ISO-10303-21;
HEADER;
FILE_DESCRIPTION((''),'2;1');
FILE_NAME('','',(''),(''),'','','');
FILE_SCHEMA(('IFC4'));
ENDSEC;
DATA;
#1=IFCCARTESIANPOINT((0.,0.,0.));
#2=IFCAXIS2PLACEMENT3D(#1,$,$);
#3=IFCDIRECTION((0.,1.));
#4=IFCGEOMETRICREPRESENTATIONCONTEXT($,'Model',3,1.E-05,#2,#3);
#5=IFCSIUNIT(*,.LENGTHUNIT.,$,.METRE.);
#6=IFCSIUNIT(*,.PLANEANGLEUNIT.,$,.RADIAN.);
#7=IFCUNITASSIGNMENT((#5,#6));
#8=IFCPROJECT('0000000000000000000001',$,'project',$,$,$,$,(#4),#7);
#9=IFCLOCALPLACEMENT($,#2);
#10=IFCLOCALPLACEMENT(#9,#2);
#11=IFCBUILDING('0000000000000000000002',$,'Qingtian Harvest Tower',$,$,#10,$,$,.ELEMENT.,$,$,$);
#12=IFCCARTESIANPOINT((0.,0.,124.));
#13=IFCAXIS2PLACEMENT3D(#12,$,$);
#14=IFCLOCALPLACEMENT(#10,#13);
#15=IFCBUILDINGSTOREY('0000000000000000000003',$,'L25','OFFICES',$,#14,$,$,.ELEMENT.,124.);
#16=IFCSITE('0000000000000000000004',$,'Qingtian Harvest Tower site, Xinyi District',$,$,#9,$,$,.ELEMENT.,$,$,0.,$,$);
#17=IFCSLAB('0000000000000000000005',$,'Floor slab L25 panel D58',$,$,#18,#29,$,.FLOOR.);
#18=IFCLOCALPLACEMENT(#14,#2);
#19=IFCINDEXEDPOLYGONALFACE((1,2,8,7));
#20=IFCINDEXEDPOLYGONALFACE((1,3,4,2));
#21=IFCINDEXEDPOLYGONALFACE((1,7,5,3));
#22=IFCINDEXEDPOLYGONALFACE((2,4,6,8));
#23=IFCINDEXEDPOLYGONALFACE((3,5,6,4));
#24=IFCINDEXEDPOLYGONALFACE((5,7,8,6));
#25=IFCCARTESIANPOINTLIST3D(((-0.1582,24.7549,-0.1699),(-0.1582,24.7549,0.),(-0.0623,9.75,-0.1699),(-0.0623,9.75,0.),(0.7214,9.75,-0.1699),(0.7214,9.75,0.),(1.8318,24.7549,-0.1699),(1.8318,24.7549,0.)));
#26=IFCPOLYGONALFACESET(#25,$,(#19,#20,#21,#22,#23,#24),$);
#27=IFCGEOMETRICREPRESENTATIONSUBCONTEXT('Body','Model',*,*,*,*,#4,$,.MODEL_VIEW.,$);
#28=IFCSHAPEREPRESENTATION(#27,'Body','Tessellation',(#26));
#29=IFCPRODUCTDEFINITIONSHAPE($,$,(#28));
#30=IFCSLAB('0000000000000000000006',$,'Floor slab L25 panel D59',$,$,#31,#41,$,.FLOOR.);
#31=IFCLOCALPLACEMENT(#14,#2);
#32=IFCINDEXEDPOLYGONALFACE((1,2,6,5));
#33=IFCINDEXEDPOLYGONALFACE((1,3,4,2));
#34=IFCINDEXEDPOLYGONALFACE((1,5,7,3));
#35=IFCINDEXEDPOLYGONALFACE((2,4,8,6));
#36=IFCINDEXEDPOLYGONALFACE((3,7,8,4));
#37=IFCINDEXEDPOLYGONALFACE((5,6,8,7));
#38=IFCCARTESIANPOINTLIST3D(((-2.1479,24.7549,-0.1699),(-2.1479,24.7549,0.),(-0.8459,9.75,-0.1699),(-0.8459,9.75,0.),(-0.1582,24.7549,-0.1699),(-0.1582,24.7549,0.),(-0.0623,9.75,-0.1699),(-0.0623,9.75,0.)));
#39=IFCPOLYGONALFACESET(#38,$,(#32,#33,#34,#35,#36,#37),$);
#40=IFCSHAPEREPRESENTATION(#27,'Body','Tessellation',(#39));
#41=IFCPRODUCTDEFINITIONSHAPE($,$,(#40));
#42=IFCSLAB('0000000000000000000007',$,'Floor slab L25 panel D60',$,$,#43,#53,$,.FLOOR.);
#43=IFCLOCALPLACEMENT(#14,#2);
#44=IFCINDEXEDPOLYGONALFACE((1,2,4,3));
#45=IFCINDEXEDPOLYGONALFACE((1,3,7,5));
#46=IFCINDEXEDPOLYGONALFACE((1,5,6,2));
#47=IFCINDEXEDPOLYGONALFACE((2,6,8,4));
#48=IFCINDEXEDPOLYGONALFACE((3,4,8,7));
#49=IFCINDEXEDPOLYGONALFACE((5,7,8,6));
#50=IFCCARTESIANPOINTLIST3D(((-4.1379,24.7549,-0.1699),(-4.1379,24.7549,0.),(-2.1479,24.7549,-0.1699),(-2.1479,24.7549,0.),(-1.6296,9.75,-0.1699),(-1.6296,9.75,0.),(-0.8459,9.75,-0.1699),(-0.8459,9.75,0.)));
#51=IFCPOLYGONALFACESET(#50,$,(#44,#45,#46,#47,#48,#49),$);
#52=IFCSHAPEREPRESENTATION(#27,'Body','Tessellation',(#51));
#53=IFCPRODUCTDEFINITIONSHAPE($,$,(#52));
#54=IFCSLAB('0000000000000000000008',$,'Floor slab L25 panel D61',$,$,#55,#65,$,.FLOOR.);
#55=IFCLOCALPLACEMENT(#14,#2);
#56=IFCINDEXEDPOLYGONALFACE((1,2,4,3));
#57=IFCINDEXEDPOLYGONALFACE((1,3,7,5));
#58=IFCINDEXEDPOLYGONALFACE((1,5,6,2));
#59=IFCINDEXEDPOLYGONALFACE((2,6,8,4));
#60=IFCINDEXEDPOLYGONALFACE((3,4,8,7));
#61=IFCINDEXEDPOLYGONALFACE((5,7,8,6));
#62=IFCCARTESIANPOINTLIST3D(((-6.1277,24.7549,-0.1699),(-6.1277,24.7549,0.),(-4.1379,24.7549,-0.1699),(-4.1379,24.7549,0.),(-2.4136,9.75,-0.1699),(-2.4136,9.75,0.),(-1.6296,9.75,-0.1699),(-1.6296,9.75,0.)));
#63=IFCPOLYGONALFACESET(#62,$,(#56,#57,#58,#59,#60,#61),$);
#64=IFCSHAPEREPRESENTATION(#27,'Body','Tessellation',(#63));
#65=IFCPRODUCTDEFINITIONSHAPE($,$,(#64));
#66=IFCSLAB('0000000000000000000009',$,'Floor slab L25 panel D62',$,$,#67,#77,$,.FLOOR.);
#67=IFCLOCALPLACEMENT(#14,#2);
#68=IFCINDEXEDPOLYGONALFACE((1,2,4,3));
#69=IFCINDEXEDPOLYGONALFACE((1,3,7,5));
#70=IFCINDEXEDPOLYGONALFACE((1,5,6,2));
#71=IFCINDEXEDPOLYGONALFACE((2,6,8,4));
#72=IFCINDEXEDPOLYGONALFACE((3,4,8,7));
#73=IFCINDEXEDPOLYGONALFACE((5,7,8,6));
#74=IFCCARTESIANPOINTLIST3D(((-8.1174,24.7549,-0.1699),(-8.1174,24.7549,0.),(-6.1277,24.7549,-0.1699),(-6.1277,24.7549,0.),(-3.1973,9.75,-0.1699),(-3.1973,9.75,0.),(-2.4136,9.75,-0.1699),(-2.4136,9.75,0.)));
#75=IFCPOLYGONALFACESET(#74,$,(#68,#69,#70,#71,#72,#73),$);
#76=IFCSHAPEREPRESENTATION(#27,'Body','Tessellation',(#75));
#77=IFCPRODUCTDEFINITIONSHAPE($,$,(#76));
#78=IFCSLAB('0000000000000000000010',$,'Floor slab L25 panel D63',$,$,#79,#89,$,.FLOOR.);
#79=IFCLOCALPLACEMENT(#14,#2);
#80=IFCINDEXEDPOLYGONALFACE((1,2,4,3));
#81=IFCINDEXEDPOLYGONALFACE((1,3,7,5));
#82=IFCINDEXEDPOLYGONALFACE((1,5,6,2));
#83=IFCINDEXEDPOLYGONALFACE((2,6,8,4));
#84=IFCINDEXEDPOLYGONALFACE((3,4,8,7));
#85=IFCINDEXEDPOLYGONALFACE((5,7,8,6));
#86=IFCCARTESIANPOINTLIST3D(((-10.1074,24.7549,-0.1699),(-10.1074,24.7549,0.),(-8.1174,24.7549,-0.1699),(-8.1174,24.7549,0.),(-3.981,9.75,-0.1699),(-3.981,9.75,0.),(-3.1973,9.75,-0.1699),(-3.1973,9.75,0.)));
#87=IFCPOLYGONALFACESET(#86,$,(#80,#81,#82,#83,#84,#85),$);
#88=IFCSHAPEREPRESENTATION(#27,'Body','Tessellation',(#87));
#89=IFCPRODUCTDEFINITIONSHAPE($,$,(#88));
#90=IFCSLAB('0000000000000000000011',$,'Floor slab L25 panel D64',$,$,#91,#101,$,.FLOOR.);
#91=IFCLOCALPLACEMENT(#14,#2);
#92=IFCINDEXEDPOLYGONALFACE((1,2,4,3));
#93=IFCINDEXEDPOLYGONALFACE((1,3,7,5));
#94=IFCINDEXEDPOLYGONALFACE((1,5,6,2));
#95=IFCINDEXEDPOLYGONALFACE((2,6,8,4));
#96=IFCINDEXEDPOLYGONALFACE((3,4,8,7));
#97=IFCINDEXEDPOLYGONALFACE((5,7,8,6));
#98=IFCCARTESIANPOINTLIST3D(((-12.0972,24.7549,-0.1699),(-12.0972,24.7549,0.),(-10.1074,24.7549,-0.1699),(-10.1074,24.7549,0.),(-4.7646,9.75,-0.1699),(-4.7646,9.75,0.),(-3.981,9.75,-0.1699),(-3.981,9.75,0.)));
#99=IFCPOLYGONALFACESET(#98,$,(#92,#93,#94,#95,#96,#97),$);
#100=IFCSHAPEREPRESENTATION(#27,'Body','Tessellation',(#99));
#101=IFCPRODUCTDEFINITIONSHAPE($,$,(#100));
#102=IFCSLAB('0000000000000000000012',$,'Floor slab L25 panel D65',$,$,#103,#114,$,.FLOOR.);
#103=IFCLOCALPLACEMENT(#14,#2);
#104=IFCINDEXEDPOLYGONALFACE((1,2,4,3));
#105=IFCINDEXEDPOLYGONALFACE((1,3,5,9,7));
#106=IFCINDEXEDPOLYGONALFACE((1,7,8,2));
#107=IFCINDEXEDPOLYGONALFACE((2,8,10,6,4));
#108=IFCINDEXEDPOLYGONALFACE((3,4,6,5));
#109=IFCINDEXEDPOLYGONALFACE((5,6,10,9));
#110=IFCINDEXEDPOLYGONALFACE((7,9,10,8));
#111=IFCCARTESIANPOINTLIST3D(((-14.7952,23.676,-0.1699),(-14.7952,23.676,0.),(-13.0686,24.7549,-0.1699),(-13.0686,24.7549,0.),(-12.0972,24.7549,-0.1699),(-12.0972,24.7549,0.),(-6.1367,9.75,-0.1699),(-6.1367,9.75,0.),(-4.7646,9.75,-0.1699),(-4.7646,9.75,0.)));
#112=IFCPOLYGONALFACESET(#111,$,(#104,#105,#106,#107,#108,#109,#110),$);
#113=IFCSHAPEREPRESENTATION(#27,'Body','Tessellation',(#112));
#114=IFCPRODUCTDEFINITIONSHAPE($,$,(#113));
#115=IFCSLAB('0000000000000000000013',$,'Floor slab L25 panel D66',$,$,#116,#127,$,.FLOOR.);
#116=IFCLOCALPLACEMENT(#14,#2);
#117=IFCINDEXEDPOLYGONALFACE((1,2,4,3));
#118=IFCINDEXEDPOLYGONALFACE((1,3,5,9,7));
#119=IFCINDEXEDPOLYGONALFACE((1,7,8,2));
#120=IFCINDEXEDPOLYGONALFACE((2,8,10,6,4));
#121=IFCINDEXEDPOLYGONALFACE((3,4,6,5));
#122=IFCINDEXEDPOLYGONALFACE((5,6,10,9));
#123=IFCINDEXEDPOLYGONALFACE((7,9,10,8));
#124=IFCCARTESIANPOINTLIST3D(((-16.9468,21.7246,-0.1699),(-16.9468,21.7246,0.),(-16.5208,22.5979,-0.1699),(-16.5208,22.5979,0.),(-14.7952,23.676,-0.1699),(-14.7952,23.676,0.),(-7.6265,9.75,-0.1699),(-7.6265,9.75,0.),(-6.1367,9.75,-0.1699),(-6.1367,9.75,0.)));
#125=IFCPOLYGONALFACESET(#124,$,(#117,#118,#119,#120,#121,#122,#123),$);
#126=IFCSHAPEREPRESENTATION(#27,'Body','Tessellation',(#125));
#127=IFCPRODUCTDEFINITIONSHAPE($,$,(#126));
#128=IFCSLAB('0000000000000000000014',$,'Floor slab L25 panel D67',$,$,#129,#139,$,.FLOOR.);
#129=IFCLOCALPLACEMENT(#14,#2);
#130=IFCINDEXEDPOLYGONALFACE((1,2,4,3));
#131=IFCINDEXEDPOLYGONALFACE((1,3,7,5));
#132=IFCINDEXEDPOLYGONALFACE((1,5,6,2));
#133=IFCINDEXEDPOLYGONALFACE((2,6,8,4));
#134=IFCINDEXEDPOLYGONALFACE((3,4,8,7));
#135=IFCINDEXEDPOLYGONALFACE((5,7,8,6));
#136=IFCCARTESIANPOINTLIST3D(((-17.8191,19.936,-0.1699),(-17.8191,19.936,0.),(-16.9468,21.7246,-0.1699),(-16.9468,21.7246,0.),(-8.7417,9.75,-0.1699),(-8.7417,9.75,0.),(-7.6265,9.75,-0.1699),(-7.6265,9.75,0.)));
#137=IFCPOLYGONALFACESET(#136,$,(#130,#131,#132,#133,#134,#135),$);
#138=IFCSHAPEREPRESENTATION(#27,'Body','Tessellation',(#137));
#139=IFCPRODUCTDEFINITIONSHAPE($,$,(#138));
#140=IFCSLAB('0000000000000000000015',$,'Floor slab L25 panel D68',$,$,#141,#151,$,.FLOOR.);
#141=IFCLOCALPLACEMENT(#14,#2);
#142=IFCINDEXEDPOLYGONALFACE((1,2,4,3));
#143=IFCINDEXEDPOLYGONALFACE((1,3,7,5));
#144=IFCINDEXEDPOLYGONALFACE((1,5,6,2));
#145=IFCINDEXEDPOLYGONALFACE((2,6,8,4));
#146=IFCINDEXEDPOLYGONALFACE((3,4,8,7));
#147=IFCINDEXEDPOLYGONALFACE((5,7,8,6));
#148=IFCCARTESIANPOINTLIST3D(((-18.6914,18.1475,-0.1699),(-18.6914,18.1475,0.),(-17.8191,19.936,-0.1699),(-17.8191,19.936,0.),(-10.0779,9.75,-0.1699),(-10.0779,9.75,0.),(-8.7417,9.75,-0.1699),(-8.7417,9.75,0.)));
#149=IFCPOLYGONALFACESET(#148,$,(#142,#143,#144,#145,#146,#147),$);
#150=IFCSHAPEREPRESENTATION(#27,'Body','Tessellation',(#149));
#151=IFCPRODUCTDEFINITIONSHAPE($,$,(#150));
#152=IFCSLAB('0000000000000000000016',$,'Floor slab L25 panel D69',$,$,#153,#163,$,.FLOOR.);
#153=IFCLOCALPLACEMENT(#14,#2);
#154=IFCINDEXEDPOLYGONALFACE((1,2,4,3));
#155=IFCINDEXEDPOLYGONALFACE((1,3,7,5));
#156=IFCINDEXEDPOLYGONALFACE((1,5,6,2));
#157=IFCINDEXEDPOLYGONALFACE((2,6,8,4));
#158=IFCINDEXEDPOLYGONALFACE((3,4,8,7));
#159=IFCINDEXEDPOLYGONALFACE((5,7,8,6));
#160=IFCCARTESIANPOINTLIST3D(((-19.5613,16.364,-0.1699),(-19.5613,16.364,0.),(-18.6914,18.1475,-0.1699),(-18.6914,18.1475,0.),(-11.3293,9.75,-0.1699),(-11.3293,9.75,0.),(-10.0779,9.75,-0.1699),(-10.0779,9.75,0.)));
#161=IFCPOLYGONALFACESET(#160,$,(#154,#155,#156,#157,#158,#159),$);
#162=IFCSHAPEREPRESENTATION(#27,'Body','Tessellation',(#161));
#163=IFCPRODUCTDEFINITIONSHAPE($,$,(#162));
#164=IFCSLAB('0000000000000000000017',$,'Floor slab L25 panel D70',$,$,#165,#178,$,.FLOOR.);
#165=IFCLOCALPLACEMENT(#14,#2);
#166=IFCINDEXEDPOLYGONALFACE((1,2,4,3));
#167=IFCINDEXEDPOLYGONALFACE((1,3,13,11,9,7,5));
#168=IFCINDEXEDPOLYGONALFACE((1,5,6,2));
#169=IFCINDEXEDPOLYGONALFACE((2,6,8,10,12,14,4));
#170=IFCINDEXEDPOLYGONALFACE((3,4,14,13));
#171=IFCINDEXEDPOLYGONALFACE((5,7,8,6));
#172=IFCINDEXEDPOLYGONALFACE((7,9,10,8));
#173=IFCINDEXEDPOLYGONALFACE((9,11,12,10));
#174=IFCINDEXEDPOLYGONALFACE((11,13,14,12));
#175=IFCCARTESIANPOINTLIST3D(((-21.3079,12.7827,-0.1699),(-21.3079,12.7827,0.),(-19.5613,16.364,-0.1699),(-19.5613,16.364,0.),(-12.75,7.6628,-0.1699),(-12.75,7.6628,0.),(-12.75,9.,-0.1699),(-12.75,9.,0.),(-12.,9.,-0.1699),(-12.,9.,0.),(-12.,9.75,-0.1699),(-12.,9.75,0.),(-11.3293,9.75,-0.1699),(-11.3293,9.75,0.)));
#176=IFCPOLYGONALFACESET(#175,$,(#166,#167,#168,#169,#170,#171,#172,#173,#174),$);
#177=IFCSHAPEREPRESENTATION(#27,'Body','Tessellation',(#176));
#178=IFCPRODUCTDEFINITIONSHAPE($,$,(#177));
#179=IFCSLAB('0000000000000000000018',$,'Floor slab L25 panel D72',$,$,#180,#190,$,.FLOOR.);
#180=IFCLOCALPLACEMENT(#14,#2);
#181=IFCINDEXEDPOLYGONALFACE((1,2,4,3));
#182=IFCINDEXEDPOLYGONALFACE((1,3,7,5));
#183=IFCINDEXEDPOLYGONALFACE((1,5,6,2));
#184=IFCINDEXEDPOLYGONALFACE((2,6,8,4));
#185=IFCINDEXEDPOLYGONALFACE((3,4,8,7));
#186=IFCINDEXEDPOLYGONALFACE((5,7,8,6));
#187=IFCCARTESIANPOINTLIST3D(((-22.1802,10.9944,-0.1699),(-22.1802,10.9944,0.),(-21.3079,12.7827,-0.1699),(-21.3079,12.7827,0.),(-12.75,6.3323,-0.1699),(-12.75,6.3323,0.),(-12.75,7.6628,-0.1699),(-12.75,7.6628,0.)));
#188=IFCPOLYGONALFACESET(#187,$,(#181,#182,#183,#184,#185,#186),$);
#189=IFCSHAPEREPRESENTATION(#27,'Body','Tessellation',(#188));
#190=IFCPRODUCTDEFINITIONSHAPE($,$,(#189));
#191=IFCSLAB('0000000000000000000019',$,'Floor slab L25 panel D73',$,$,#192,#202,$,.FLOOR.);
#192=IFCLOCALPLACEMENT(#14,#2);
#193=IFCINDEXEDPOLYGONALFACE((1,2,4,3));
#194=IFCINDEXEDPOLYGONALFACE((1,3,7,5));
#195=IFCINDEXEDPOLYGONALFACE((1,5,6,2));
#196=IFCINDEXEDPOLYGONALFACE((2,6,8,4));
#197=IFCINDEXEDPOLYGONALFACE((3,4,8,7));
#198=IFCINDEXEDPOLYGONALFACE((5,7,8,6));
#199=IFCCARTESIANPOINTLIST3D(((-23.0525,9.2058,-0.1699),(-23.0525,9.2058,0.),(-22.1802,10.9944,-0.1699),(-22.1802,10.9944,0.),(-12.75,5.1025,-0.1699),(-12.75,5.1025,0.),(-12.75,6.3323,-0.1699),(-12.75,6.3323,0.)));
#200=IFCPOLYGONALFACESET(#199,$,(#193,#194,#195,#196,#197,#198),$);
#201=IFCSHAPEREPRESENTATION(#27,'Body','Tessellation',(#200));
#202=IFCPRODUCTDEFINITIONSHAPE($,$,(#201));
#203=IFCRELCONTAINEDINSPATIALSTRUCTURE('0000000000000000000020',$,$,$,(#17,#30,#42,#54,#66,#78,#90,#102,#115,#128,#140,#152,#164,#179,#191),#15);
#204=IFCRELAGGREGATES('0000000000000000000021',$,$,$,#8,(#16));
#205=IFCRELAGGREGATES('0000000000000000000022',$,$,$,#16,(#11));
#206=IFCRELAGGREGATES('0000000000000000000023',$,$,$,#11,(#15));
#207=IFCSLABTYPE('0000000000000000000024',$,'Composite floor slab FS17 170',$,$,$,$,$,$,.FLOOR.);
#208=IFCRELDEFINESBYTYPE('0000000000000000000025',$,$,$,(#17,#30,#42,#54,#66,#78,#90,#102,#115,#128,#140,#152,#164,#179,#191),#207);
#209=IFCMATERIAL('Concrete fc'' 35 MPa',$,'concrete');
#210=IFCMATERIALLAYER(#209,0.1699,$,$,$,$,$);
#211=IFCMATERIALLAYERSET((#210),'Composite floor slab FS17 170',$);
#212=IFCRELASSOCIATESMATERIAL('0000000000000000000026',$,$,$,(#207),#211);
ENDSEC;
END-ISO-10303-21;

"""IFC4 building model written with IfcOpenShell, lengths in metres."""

from ifc_helpers import new_model, si_unit, direction, frame, origin, place, context, subcontext, project, spatial, polyline, outline, extrude, material, layer, layer_set, type_object, element, save


model = new_model("IFC4")

# Units and contexts
model_context = context("Model", 3, precision=1e-05, world=origin(), true_north=direction((0.0, 1.0)))
body_context = subcontext(model_context, "Body", "Model", "MODEL_VIEW")
ifc_project = project(units=[si_unit("LENGTHUNIT", "METRE"), si_unit("PLANEANGLEUNIT", "RADIAN")], contexts=[model_context])

# Site, building, storey
site_placement = place(None, origin())
site = spatial("IfcSite", under=ifc_project, at=site_placement, Name="Qingtian Harvest Tower site, Xinyi District", CompositionType="ELEMENT", RefElevation=0.0)
building_placement = place(site_placement, origin())
building = spatial("IfcBuilding", under=site, at=building_placement, Name="Qingtian Harvest Tower", CompositionType="ELEMENT")
storey_placement = place(building_placement, frame((0.0, 0.0, 124.0)))
storey = spatial("IfcBuildingStorey", under=building, at=storey_placement, Name="L25", Description="OFFICES", CompositionType="ELEMENT", Elevation=124.0)

# Slabs
ifc_material_1 = material(Name="Concrete fc' 35 MPa", Category="concrete")
ifc_layer_1 = layer(ifc_material_1, 0.1699)
ifc_layer_set_1 = layer_set([ifc_layer_1], Name="Composite floor slab FS17 170")
slab_type = type_object("IfcSlabType", Name="Composite floor slab FS17 170", PredefinedType="FLOOR", material=ifc_layer_set_1)
slab_1_placement = place(storey_placement, frame((0.0, 0.0, -0.1699)))
element("IfcSlab", 1, at=slab_1_placement, inside=storey, type_object=slab_type, Name="Floor slab L25 panel D58", PredefinedType="FLOOR", context=body_context, shape_type="SweptSolid", body=[
    extrude(outline(polyline([(-0.0623, 9.75), (-0.1582, 24.7549), (1.8318, 24.7549), (0.7214, 9.75), (-0.0623, 9.75)])), origin(), (0.0, 0.0, 1.0), 0.1699),
])
slab_2_placement = place(storey_placement, frame((0.0, 0.0, -0.1699)))
element("IfcSlab", 2, at=slab_2_placement, inside=storey, type_object=slab_type, Name="Floor slab L25 panel D59", PredefinedType="FLOOR", context=body_context, shape_type="SweptSolid", body=[
    extrude(outline(polyline([(-0.8459, 9.75), (-2.1479, 24.7549), (-0.1582, 24.7549), (-0.0623, 9.75), (-0.8459, 9.75)])), origin(), (0.0, 0.0, 1.0), 0.1699),
])
slab_3_placement = place(storey_placement, frame((0.0, 0.0, -0.1699)))
element("IfcSlab", 3, at=slab_3_placement, inside=storey, type_object=slab_type, Name="Floor slab L25 panel D60", PredefinedType="FLOOR", context=body_context, shape_type="SweptSolid", body=[
    extrude(outline(polyline([(-1.6296, 9.75), (-4.1379, 24.7549), (-2.1479, 24.7549), (-0.8459, 9.75), (-1.6296, 9.75)])), origin(), (0.0, 0.0, 1.0), 0.1699),
])
slab_4_placement = place(storey_placement, frame((0.0, 0.0, -0.1699)))
element("IfcSlab", 4, at=slab_4_placement, inside=storey, type_object=slab_type, Name="Floor slab L25 panel D61", PredefinedType="FLOOR", context=body_context, shape_type="SweptSolid", body=[
    extrude(outline(polyline([(-2.4136, 9.75), (-6.1277, 24.7549), (-4.1379, 24.7549), (-1.6296, 9.75), (-2.4136, 9.75)])), origin(), (0.0, 0.0, 1.0), 0.1699),
])
slab_5_placement = place(storey_placement, frame((0.0, 0.0, -0.1699)))
element("IfcSlab", 5, at=slab_5_placement, inside=storey, type_object=slab_type, Name="Floor slab L25 panel D62", PredefinedType="FLOOR", context=body_context, shape_type="SweptSolid", body=[
    extrude(outline(polyline([(-3.1973, 9.75), (-8.1174, 24.7549), (-6.1277, 24.7549), (-2.4136, 9.75), (-3.1973, 9.75)])), origin(), (0.0, 0.0, 1.0), 0.1699),
])
slab_6_placement = place(storey_placement, frame((0.0, 0.0, -0.1699)))
element("IfcSlab", 6, at=slab_6_placement, inside=storey, type_object=slab_type, Name="Floor slab L25 panel D63", PredefinedType="FLOOR", context=body_context, shape_type="SweptSolid", body=[
    extrude(outline(polyline([(-3.981, 9.75), (-10.1074, 24.7549), (-8.1174, 24.7549), (-3.1973, 9.75), (-3.981, 9.75)])), origin(), (0.0, 0.0, 1.0), 0.1699),
])
slab_7_placement = place(storey_placement, frame((0.0, 0.0, -0.1699)))
element("IfcSlab", 7, at=slab_7_placement, inside=storey, type_object=slab_type, Name="Floor slab L25 panel D64", PredefinedType="FLOOR", context=body_context, shape_type="SweptSolid", body=[
    extrude(outline(polyline([(-4.7646, 9.75), (-12.0972, 24.7549), (-10.1074, 24.7549), (-3.981, 9.75), (-4.7646, 9.75)])), origin(), (0.0, 0.0, 1.0), 0.1699),
])
slab_8_placement = place(storey_placement, frame((0.0, 0.0, -0.1699)))
element("IfcSlab", 8, at=slab_8_placement, inside=storey, type_object=slab_type, Name="Floor slab L25 panel D65", PredefinedType="FLOOR", context=body_context, shape_type="SweptSolid", body=[
    extrude(outline(polyline([(-4.7646, 9.75), (-6.1367, 9.75), (-14.7952, 23.676), (-13.0686, 24.7549), (-12.0972, 24.7549), (-4.7646, 9.75)])), origin(), (0.0, 0.0, 1.0), 0.1699),
])
slab_9_placement = place(storey_placement, frame((0.0, 0.0, -0.1699)))
element("IfcSlab", 9, at=slab_9_placement, inside=storey, type_object=slab_type, Name="Floor slab L25 panel D66", PredefinedType="FLOOR", context=body_context, shape_type="SweptSolid", body=[
    extrude(outline(polyline([(-6.1367, 9.75), (-7.6265, 9.75), (-16.9468, 21.7246), (-16.5208, 22.5979), (-14.7952, 23.676), (-6.1367, 9.75)])), origin(), (0.0, 0.0, 1.0), 0.1699),
])
slab_10_placement = place(storey_placement, frame((0.0, 0.0, -0.1699)))
element("IfcSlab", 10, at=slab_10_placement, inside=storey, type_object=slab_type, Name="Floor slab L25 panel D67", PredefinedType="FLOOR", context=body_context, shape_type="SweptSolid", body=[
    extrude(outline(polyline([(-8.7417, 9.75), (-17.8191, 19.936), (-16.9468, 21.7246), (-7.6265, 9.75), (-8.7417, 9.75)])), origin(), (0.0, 0.0, 1.0), 0.1699),
])
slab_11_placement = place(storey_placement, frame((0.0, 0.0, -0.1699)))
element("IfcSlab", 11, at=slab_11_placement, inside=storey, type_object=slab_type, Name="Floor slab L25 panel D68", PredefinedType="FLOOR", context=body_context, shape_type="SweptSolid", body=[
    extrude(outline(polyline([(-10.0779, 9.75), (-18.6914, 18.1475), (-17.8191, 19.936), (-8.7417, 9.75), (-10.0779, 9.75)])), origin(), (0.0, 0.0, 1.0), 0.1699),
])
slab_12_placement = place(storey_placement, frame((0.0, 0.0, -0.1699)))
element("IfcSlab", 12, at=slab_12_placement, inside=storey, type_object=slab_type, Name="Floor slab L25 panel D69", PredefinedType="FLOOR", context=body_context, shape_type="SweptSolid", body=[
    extrude(outline(polyline([(-11.3293, 9.75), (-19.5613, 16.364), (-18.6914, 18.1475), (-10.0779, 9.75), (-11.3293, 9.75)])), origin(), (0.0, 0.0, 1.0), 0.1699),
])
slab_13_placement = place(storey_placement, frame((0.0, 0.0, -0.1699)))
element("IfcSlab", 13, at=slab_13_placement, inside=storey, type_object=slab_type, Name="Floor slab L25 panel D70", PredefinedType="FLOOR", context=body_context, shape_type="SweptSolid", body=[
    extrude(outline(polyline([(-12.0, 9.0), (-12.75, 9.0), (-12.75, 7.6628), (-21.3079, 12.7827), (-19.5613, 16.364), (-11.3293, 9.75), (-12.0, 9.75), (-12.0, 9.0)])), origin(), (0.0, 0.0, 1.0), 0.1699),
])
slab_14_placement = place(storey_placement, frame((0.0, 0.0, -0.1699)))
element("IfcSlab", 14, at=slab_14_placement, inside=storey, type_object=slab_type, Name="Floor slab L25 panel D72", PredefinedType="FLOOR", context=body_context, shape_type="SweptSolid", body=[
    extrude(outline(polyline([(-12.75, 6.3323), (-22.1802, 10.9944), (-21.3079, 12.7827), (-12.75, 7.6628), (-12.75, 6.3323)])), origin(), (0.0, 0.0, 1.0), 0.1699),
])
slab_15_placement = place(storey_placement, frame((0.0, 0.0, -0.1699)))
element("IfcSlab", 15, at=slab_15_placement, inside=storey, type_object=slab_type, Name="Floor slab L25 panel D73", PredefinedType="FLOOR", context=body_context, shape_type="SweptSolid", body=[
    extrude(outline(polyline([(-12.75, 5.1025), (-23.0525, 9.2058), (-22.1802, 10.9944), (-12.75, 6.3323), (-12.75, 5.1025)])), origin(), (0.0, 0.0, 1.0), 0.1699),
])

save(model, "model.ifc")
